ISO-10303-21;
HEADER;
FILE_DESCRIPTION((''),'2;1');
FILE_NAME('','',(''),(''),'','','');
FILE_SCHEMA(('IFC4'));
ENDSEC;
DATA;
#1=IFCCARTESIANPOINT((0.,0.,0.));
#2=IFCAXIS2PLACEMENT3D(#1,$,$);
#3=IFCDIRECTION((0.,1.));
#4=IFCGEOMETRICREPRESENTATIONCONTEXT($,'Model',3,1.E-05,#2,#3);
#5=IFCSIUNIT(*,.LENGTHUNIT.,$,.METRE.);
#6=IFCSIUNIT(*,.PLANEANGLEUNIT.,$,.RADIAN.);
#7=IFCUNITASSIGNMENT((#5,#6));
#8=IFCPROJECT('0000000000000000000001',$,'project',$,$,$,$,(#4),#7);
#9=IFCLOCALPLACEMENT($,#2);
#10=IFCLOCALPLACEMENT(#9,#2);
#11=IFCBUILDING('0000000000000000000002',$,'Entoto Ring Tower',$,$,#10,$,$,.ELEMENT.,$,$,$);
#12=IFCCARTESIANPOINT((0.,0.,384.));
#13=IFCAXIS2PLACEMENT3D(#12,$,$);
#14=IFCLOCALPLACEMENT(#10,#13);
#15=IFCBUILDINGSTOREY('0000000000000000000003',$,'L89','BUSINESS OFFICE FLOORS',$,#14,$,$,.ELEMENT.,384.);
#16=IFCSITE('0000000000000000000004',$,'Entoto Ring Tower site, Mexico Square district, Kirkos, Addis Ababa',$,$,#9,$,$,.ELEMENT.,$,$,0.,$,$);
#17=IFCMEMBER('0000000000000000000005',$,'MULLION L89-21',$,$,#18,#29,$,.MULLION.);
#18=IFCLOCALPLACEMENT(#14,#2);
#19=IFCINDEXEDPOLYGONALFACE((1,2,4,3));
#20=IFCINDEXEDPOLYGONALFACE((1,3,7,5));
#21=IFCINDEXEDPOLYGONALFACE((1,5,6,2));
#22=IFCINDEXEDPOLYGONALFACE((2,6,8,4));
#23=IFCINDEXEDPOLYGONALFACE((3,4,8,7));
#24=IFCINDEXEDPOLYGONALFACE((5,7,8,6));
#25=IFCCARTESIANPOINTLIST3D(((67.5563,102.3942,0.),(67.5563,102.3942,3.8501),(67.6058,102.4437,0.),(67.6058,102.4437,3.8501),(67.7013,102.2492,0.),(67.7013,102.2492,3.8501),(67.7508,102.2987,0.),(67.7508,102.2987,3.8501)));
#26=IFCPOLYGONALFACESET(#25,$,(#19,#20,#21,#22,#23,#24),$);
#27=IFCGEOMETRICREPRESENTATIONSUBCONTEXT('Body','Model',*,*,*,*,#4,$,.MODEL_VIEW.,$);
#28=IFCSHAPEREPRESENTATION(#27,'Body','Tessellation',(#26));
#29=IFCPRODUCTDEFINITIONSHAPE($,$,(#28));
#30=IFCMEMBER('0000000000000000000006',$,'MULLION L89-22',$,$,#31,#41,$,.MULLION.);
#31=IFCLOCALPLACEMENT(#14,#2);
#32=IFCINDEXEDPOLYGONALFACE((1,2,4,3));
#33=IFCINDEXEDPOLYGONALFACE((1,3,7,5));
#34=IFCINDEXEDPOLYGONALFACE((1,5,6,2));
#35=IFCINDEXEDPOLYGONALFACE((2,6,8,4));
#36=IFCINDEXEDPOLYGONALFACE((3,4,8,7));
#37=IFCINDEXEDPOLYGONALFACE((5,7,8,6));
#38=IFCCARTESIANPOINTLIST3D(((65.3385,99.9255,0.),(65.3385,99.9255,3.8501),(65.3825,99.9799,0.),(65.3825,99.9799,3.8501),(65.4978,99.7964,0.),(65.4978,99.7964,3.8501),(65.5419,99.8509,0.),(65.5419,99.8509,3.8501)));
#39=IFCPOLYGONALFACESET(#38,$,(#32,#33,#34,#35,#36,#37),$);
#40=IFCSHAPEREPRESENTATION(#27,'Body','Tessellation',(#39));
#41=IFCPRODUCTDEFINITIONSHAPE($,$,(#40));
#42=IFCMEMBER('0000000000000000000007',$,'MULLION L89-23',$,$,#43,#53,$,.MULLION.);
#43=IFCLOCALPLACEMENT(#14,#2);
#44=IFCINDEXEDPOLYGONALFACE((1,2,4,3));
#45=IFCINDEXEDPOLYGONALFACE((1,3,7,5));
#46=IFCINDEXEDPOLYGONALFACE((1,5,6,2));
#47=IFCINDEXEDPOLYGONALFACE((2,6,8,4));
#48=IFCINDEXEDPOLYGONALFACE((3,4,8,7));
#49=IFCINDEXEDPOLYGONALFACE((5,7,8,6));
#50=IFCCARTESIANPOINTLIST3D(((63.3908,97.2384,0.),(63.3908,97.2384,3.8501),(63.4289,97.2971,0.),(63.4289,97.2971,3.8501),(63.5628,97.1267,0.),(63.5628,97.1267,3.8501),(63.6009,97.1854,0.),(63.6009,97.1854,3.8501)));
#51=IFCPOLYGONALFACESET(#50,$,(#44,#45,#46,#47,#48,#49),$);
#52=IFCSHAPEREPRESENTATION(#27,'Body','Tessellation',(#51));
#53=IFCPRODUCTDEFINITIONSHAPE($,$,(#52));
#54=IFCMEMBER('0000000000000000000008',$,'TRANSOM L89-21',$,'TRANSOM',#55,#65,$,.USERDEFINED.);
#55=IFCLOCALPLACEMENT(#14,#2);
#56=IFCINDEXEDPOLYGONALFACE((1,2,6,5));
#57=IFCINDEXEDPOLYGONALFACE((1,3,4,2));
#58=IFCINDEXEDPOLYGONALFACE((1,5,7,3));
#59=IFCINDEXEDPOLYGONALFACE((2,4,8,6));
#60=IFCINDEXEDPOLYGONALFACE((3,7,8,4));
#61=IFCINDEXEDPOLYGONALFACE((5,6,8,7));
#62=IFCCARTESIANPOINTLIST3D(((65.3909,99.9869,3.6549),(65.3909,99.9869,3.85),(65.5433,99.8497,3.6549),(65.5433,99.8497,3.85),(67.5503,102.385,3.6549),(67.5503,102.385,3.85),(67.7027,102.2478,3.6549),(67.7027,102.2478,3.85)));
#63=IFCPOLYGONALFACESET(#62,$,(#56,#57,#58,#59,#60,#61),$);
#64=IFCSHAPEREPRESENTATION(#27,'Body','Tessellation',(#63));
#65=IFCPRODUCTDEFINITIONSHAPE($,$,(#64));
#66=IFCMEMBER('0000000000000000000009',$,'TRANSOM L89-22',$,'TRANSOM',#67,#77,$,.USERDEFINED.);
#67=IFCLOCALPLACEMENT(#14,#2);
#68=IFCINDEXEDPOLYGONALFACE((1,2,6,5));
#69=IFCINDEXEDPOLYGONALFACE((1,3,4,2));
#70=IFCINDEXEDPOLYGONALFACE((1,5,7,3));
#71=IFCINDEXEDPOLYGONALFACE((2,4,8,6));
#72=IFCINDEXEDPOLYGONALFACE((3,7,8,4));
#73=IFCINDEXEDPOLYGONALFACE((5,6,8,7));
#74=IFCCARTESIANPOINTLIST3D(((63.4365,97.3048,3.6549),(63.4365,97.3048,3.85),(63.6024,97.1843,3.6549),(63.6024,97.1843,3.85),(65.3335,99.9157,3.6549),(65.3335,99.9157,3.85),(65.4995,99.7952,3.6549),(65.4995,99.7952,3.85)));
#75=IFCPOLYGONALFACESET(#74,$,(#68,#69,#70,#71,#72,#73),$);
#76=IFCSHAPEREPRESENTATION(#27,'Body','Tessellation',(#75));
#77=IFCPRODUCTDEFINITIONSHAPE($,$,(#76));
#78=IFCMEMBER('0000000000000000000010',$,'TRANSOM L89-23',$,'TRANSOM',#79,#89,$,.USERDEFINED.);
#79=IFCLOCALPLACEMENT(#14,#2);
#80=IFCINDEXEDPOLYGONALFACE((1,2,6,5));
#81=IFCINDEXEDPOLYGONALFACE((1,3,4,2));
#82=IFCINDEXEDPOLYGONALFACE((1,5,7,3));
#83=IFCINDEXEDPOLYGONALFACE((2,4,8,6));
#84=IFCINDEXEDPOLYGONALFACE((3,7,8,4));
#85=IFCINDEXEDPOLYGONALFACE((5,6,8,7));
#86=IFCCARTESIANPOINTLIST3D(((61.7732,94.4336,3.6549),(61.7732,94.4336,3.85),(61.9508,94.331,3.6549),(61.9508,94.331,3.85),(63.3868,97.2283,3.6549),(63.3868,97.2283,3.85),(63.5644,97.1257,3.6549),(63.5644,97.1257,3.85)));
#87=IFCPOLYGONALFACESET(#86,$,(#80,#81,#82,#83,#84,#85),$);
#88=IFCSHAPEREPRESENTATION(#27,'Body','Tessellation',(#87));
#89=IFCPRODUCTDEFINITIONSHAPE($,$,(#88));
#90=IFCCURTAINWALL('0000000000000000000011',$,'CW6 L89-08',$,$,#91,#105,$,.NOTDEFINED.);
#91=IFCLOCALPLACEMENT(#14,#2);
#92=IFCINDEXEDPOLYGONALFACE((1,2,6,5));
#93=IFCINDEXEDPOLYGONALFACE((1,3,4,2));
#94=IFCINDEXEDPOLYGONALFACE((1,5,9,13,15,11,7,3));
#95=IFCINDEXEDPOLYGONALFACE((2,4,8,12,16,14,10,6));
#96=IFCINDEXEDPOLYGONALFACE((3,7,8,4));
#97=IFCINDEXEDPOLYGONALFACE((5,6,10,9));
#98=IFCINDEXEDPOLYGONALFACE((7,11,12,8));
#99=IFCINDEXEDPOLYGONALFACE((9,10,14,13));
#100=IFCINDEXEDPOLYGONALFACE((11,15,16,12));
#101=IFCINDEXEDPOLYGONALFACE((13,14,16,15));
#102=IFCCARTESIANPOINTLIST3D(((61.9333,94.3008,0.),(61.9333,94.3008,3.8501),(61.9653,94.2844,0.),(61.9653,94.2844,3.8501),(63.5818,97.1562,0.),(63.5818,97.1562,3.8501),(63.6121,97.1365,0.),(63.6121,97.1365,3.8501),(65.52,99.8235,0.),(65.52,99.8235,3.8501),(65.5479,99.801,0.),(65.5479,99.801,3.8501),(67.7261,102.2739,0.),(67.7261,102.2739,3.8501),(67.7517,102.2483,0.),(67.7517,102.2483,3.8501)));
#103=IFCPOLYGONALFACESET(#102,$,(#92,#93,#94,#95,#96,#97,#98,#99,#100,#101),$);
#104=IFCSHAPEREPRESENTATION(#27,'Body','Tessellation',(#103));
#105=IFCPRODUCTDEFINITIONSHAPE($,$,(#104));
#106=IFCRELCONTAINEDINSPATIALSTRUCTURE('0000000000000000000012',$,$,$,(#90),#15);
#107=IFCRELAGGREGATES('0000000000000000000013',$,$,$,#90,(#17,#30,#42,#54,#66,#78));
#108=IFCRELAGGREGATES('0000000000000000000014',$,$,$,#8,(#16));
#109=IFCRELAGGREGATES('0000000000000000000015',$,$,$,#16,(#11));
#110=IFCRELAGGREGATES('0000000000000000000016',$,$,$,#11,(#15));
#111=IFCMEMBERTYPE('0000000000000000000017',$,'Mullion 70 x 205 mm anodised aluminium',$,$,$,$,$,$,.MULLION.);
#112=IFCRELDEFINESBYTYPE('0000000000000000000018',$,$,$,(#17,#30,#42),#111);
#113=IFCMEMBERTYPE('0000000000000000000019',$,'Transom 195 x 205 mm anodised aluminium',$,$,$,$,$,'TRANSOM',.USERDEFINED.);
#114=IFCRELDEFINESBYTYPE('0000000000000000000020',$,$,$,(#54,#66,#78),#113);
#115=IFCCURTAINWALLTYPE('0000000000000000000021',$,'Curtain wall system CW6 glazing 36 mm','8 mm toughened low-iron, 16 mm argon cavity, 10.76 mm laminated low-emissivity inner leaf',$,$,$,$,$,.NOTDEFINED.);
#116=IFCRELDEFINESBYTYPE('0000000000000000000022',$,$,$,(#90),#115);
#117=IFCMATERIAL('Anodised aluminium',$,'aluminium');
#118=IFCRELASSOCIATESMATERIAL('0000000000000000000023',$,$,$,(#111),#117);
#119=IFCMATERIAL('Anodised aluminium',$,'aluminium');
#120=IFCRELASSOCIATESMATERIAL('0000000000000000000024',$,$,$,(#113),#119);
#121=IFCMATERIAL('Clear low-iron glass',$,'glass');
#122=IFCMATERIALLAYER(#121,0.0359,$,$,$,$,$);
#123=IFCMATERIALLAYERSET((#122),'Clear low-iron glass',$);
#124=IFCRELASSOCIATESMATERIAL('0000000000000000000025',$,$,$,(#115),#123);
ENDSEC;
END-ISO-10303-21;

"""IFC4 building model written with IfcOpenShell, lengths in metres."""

from ifc_helpers import new_model, si_unit, direction, frame, origin, origin_2d, place, context, subcontext, project, spatial, polyline, rectangle, outline, extrude, material, layer, layer_set, material_profile, profile_set, type_object, element, aggregate, save


model = new_model("IFC4")

# Units and contexts
model_context = context("Model", 3, precision=1e-05, world=origin(), true_north=direction((0.0, 1.0)))
body_context = subcontext(model_context, "Body", "Model", "MODEL_VIEW")
ifc_project = project(units=[si_unit("LENGTHUNIT", "METRE"), si_unit("PLANEANGLEUNIT", "RADIAN")], contexts=[model_context])

# Members
ifc_material_1 = material(Name="Anodised aluminium", Category="aluminium")
ifc_material_profile_1 = material_profile(ifc_material_1, rectangle(XDim=0.0701, YDim=0.2051, at=origin_2d()), Name="Mullion 70 x 205 mm anodised aluminium")
ifc_profile_set_1 = profile_set([ifc_material_profile_1], Name="Anodised aluminium")
member_type_1 = type_object("IfcMemberType", Name="Mullion 70 x 205 mm anodised aluminium", PredefinedType="MULLION", material=ifc_profile_set_1)
site_placement = place(None, origin())
building_placement = place(site_placement, origin())
storey_placement = place(building_placement, frame((0.0, 0.0, 384.0)))
member_1_placement = place(storey_placement, frame((67.6536, 102.3464, 0.0), z_axis=(0.0, 0.0, 1.0), x_axis=(-0.707107, -0.707107, 0.0)))
member_1 = element("IfcMember", 1, at=member_1_placement, type_object=member_type_1, Name="MULLION L89-21", PredefinedType="MULLION", context=body_context, shape_type="SweptSolid", body=[
    extrude(rectangle(XDim=0.0701, YDim=0.2051, at=origin_2d()), origin(), (0.0, 0.0, 1.0), 3.8501),
])
member_2_placement = place(storey_placement, frame((65.4402, 99.8882, 0.0), z_axis=(0.0, 0.0, 1.0), x_axis=(-0.62932, -0.777146, 0.0)))
member_2 = element("IfcMember", 2, at=member_2_placement, type_object=member_type_1, Name="MULLION L89-22", PredefinedType="MULLION", context=body_context, shape_type="SweptSolid", body=[
    extrude(rectangle(XDim=0.0701, YDim=0.2051, at=origin_2d()), origin(), (0.0, 0.0, 1.0), 3.8501),
])
member_3_placement = place(storey_placement, frame((63.4958, 97.2119, 0.0), z_axis=(0.0, 0.0, 1.0), x_axis=(-0.544639, -0.838671, 0.0)))
member_3 = element("IfcMember", 3, at=member_3_placement, type_object=member_type_1, Name="MULLION L89-23", PredefinedType="MULLION", context=body_context, shape_type="SweptSolid", body=[
    extrude(rectangle(XDim=0.0701, YDim=0.2051, at=origin_2d()), origin(), (0.0, 0.0, 1.0), 3.8501),
])
ifc_material_2 = material(Name="Anodised aluminium", Category="aluminium")
ifc_material_profile_2 = material_profile(ifc_material_2, rectangle(XDim=0.2051, YDim=0.1951, at=origin_2d()), Name="Transom 195 x 205 mm anodised aluminium")
ifc_profile_set_2 = profile_set([ifc_material_profile_2], Name="Anodised aluminium")
member_type_2 = type_object("IfcMemberType", Name="Transom 195 x 205 mm anodised aluminium", ElementType="TRANSOM", PredefinedType="USERDEFINED", material=ifc_profile_set_2)
member_4_placement = place(storey_placement, frame((67.6265, 102.3164, 3.7524), z_axis=(-0.669144, -0.743132, 0.0), x_axis=(0.743132, -0.669144, 0.0)))
member_4 = element("IfcMember", 4, at=member_4_placement, type_object=member_type_2, Name="TRANSOM L89-21", ObjectType="TRANSOM", PredefinedType="USERDEFINED", context=body_context, shape_type="SweptSolid", body=[
    extrude(rectangle(XDim=0.2051, YDim=0.1951, at=origin_2d()), origin(), (0.0, 0.0, 1.0), 3.2271),
])
member_5_placement = place(storey_placement, frame((65.4165, 99.8555, 3.7524), z_axis=(-0.587803, -0.809004, 0.0), x_axis=(0.809004, -0.587803, 0.0)))
member_5 = element("IfcMember", 5, at=member_5_placement, type_object=member_type_2, Name="TRANSOM L89-22", ObjectType="TRANSOM", PredefinedType="USERDEFINED", context=body_context, shape_type="SweptSolid", body=[
    extrude(rectangle(XDim=0.2051, YDim=0.1951, at=origin_2d()), origin(), (0.0, 0.0, 1.0), 3.2273),
])
member_6_placement = place(storey_placement, frame((63.4756, 97.177, 3.7524), z_axis=(-0.500004, -0.866023, 0.0), x_axis=(0.866023, -0.500004, 0.0)))
member_6 = element("IfcMember", 6, at=member_6_placement, type_object=member_type_2, Name="TRANSOM L89-23", ObjectType="TRANSOM", PredefinedType="USERDEFINED", context=body_context, shape_type="SweptSolid", body=[
    extrude(rectangle(XDim=0.2051, YDim=0.1951, at=origin_2d()), origin(), (0.0, 0.0, 1.0), 3.2271),
])

# Site, building, storey
site = spatial("IfcSite", under=ifc_project, at=site_placement, Name="Entoto Ring Tower site, Mexico Square district, Kirkos, Addis Ababa", CompositionType="ELEMENT", RefElevation=0.0)
building = spatial("IfcBuilding", under=site, at=building_placement, Name="Entoto Ring Tower", CompositionType="ELEMENT")
storey = spatial("IfcBuildingStorey", under=building, at=storey_placement, Name="L89", Description="BUSINESS OFFICE FLOORS", CompositionType="ELEMENT", Elevation=384.0)

# Curtain wall
ifc_material_3 = material(Name="Clear low-iron glass", Category="glass")
ifc_layer = layer(ifc_material_3, 0.0359)
ifc_layer_set = layer_set([ifc_layer], Name="Clear low-iron glass")
curtain_wall_type = type_object("IfcCurtainWallType", Name="Curtain wall system CW6 glazing 36 mm", Description="8 mm toughened low-iron, 16 mm argon cavity, 10.76 mm laminated low-emissivity inner leaf", PredefinedType="NOTDEFINED", material=ifc_layer_set)
curtain_wall_1_placement = place(storey_placement, origin())
curtain_wall_1 = element("IfcCurtainWall", 7, at=curtain_wall_1_placement, inside=storey, type_object=curtain_wall_type, Name="CW6 L89-08", PredefinedType="NOTDEFINED", context=body_context, shape_type="SweptSolid", body=[
    extrude(outline(polyline([(67.7261, 102.2739), (65.52, 99.8235), (63.5818, 97.1562), (61.9333, 94.3008), (61.9653, 94.2844), (63.6121, 97.1365), (65.5479, 99.801), (67.7517, 102.2483), (67.7261, 102.2739)])), origin(), (0.0, 0.0, 1.0), 3.8501),
])
aggregate(curtain_wall_1, [member_1, member_2, member_3, member_4, member_5, member_6])

save(model, "model.ifc")
